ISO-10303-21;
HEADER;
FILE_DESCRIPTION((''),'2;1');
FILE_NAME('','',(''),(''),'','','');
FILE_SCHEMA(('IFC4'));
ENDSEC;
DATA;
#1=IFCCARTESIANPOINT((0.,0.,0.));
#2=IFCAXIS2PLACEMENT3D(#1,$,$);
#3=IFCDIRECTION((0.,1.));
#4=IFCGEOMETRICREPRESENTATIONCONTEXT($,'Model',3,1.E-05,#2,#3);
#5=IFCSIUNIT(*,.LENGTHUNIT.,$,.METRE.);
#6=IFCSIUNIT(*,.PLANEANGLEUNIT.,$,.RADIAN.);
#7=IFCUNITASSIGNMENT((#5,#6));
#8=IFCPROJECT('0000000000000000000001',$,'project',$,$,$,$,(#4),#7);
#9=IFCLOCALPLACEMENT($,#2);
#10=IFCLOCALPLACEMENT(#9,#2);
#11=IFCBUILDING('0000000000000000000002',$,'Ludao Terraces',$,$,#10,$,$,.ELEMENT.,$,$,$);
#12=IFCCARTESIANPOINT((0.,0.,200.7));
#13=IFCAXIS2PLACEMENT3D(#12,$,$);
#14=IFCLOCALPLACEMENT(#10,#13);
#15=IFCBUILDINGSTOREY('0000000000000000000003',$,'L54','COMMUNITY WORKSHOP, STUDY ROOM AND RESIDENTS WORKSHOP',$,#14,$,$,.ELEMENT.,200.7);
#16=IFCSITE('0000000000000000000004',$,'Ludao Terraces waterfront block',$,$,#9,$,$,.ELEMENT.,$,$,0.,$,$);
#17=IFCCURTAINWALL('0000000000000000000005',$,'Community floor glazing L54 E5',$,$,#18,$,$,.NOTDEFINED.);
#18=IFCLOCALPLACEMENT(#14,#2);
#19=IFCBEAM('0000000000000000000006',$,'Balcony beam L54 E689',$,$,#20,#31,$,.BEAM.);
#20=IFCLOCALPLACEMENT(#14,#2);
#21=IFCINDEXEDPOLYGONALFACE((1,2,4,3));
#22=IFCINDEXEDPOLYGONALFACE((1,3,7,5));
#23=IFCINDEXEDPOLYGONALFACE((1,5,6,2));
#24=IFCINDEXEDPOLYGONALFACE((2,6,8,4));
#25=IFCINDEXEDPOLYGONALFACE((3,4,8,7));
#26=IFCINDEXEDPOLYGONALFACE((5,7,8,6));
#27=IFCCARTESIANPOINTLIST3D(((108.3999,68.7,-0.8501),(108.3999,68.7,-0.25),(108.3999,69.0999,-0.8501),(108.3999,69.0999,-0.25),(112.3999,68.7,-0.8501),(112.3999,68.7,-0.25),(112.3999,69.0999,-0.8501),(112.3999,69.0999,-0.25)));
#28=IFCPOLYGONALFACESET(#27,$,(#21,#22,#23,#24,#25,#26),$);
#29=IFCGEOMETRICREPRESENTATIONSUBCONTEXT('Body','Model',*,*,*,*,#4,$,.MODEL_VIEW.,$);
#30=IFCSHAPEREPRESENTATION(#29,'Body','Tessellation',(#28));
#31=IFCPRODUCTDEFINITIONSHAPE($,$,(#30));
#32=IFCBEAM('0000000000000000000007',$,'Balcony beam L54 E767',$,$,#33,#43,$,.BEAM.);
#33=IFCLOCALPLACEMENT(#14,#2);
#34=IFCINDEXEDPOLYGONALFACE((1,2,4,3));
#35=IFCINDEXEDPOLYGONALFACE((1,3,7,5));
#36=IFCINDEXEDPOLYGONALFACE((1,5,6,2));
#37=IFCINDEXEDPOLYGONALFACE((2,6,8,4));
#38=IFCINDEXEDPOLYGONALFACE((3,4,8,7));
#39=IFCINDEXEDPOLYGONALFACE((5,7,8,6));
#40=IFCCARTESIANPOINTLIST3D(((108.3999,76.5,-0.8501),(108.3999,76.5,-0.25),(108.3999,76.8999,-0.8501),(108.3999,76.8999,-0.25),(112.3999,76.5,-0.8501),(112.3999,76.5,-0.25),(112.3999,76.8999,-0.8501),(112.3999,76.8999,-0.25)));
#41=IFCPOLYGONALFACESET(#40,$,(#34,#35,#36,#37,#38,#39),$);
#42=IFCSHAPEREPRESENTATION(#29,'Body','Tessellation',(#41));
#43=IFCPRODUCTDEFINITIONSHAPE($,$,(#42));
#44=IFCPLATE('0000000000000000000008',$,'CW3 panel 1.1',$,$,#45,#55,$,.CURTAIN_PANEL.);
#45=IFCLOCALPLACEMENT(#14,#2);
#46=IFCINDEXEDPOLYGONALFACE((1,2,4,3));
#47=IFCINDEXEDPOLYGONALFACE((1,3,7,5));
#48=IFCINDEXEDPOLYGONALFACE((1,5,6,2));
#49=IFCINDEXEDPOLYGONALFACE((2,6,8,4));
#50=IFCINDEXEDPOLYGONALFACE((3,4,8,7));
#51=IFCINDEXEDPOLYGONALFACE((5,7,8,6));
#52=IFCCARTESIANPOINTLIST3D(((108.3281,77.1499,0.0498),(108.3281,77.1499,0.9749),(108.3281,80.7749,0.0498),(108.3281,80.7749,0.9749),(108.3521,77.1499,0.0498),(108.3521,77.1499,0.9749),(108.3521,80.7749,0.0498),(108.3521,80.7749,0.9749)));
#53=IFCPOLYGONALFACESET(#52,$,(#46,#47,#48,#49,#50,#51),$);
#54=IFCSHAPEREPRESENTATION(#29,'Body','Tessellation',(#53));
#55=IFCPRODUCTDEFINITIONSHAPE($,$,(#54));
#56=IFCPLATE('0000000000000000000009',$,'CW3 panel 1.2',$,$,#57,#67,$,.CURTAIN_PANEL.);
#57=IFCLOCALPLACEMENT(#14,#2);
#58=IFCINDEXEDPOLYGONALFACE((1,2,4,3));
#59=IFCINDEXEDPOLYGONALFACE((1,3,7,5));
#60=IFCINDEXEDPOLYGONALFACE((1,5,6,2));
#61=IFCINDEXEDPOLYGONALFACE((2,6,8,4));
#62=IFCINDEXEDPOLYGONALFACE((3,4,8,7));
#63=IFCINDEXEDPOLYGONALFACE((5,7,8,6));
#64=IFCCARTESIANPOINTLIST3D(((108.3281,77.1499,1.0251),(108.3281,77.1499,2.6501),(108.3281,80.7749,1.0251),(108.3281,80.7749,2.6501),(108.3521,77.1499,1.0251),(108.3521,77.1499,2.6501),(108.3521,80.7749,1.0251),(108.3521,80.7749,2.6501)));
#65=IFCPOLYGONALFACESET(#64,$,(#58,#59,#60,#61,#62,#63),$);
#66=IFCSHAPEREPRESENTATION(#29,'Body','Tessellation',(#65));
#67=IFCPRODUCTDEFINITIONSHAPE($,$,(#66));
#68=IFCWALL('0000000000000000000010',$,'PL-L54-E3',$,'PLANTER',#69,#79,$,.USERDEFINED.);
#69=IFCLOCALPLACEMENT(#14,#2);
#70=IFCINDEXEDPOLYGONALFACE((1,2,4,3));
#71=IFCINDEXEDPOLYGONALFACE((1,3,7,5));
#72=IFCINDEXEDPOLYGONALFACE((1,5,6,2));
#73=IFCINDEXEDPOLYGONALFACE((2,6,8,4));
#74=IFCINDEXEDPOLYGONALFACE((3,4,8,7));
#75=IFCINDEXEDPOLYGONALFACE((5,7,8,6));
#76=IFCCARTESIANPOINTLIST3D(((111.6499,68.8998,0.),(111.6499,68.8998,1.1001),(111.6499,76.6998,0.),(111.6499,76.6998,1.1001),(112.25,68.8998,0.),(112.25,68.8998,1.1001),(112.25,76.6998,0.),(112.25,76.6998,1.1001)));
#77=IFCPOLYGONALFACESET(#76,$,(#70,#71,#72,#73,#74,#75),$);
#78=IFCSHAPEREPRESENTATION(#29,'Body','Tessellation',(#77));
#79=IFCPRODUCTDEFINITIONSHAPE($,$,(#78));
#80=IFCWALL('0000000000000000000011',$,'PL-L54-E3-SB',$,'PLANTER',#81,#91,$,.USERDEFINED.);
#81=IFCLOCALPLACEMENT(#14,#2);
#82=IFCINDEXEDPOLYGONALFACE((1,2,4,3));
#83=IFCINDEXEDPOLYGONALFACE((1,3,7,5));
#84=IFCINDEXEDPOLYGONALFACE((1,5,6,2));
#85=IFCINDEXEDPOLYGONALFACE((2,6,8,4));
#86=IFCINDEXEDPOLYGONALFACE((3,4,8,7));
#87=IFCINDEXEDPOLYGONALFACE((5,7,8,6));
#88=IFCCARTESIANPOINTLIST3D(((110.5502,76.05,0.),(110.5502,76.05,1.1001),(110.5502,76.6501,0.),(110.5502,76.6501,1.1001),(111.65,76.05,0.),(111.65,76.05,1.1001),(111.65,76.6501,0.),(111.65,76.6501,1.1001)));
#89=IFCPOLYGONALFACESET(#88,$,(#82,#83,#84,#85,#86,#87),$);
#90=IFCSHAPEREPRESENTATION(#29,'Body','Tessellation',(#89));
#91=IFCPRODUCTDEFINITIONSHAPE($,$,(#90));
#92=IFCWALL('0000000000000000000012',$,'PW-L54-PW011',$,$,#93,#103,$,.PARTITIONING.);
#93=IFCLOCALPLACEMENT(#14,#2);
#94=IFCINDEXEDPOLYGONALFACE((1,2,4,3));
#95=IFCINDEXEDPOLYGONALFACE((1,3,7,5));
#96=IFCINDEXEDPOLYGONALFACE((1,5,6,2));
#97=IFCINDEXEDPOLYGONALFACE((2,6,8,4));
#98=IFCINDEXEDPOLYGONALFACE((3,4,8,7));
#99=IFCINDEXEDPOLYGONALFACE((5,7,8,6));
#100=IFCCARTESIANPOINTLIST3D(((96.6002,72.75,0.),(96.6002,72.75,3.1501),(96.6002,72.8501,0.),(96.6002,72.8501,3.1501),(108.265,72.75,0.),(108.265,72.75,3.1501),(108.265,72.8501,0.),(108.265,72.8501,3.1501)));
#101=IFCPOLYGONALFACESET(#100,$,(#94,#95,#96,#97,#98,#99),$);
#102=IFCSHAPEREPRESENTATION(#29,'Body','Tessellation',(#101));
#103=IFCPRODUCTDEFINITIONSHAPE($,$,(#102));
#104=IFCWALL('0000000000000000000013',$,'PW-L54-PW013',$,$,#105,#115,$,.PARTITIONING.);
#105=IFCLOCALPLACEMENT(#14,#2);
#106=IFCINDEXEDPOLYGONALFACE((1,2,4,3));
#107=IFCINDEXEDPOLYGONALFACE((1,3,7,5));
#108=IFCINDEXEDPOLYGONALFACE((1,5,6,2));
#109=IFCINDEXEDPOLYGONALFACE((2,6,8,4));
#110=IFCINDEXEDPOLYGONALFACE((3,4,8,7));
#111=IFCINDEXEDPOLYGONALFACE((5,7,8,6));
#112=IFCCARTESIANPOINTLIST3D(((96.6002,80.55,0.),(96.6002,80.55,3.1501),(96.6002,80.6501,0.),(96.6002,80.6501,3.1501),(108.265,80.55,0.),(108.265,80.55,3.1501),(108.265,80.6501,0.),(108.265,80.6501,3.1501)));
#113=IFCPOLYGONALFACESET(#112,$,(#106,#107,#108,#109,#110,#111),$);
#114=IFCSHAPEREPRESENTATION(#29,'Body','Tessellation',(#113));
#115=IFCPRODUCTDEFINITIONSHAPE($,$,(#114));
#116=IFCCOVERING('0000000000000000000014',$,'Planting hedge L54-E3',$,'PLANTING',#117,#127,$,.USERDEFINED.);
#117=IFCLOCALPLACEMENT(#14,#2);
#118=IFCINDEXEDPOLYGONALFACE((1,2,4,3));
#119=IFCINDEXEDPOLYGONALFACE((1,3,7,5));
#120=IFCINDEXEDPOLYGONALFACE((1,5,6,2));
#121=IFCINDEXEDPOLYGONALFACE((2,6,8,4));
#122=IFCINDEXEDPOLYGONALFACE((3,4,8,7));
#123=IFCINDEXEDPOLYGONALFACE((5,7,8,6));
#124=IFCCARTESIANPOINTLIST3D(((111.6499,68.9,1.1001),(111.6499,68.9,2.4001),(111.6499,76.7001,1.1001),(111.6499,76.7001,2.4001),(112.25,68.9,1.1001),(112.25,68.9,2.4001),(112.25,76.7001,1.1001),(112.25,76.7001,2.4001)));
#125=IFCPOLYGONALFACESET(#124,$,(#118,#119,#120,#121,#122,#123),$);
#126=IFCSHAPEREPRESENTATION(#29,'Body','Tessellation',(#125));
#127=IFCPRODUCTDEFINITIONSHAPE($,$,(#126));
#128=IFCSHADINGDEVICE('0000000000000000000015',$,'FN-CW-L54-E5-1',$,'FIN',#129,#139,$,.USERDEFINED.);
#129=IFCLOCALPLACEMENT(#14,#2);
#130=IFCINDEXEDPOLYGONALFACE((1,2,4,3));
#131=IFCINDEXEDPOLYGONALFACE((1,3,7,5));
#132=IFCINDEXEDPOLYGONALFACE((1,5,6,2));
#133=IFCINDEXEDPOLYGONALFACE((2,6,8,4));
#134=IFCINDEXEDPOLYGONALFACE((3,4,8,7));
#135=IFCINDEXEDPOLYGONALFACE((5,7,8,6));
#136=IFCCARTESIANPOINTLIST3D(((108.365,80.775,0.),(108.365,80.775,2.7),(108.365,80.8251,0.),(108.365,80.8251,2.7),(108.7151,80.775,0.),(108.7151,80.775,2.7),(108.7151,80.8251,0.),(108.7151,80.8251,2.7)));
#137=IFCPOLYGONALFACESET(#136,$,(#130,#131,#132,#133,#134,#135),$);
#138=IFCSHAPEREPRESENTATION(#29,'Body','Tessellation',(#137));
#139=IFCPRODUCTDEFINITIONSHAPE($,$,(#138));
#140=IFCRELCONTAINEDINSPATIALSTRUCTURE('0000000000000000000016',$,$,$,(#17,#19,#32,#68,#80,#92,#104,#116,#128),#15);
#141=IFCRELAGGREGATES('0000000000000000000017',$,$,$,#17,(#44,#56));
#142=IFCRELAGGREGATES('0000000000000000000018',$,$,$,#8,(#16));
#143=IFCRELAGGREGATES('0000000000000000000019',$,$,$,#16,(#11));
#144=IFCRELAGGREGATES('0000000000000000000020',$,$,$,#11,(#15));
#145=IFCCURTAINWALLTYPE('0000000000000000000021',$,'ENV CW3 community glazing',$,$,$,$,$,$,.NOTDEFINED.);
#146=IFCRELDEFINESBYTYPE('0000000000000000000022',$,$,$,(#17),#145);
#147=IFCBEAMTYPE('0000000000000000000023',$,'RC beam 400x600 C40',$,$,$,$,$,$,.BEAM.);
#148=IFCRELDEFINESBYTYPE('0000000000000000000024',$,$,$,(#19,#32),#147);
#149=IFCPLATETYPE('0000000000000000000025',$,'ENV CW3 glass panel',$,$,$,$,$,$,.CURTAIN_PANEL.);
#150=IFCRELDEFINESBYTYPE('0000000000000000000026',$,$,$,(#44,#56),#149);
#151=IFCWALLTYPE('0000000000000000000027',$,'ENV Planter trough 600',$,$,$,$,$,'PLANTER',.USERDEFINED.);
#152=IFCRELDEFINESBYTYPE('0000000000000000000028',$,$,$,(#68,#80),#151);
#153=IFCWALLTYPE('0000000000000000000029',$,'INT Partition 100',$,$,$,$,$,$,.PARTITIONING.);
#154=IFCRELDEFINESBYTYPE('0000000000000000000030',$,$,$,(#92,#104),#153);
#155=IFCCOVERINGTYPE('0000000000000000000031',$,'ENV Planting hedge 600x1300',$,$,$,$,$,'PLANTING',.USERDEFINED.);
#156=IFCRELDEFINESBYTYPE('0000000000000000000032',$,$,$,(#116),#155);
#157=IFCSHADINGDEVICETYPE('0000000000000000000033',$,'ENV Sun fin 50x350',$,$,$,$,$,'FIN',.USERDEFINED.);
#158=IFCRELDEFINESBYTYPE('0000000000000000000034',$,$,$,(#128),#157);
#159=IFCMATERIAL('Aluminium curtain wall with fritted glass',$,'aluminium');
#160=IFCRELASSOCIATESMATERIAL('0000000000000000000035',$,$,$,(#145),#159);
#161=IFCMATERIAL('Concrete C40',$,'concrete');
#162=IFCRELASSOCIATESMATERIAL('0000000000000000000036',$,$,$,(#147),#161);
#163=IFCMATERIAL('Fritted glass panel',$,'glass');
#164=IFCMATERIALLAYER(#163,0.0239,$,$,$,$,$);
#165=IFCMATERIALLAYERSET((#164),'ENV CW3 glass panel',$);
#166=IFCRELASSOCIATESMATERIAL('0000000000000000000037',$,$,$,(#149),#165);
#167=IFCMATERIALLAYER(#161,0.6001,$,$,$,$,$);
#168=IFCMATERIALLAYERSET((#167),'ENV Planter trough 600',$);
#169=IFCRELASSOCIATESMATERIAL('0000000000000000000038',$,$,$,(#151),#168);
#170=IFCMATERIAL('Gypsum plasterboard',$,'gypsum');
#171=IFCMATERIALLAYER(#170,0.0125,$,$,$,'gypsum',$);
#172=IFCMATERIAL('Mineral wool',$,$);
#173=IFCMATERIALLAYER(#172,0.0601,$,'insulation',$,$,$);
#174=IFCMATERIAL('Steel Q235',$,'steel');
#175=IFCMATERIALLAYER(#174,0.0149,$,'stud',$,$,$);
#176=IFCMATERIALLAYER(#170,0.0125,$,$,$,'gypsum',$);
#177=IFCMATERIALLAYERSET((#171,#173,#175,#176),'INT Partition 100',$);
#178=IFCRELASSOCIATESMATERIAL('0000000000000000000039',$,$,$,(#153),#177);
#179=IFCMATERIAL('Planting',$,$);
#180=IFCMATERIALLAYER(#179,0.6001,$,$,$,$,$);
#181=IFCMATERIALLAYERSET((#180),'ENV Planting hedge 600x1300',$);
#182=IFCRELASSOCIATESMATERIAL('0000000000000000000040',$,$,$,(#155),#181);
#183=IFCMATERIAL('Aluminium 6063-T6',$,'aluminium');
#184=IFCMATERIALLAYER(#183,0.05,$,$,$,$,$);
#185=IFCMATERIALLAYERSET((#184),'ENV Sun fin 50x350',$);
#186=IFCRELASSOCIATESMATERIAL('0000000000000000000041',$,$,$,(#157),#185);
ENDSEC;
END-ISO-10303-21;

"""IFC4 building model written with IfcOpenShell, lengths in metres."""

from ifc_helpers import new_model, si_unit, direction, frame, frame_2d, origin, origin_2d, place, context, subcontext, project, spatial, rectangle, extrude, material, layer, layer_set, material_profile, profile_set, type_object, element, aggregate, save


model = new_model("IFC4")

# Units and contexts
model_context = context("Model", 3, precision=1e-05, world=origin(), true_north=direction((0.0, 1.0)))
body_context = subcontext(model_context, "Body", "Model", "MODEL_VIEW")
ifc_project = project(units=[si_unit("LENGTHUNIT", "METRE"), si_unit("PLANEANGLEUNIT", "RADIAN")], contexts=[model_context])

# Site, building, storey
site_placement = place(None, origin())
site = spatial("IfcSite", under=ifc_project, at=site_placement, Name="Ludao Terraces waterfront block", CompositionType="ELEMENT", RefElevation=0.0)
building_placement = place(site_placement, origin())
building = spatial("IfcBuilding", under=site, at=building_placement, Name="Ludao Terraces", CompositionType="ELEMENT")
storey_placement = place(building_placement, frame((0.0, 0.0, 200.7)))
storey = spatial("IfcBuildingStorey", under=building, at=storey_placement, Name="L54", Description="COMMUNITY WORKSHOP, STUDY ROOM AND RESIDENTS WORKSHOP", CompositionType="ELEMENT", Elevation=200.7)

# Curtain wall
ifc_material_1 = material(Name="Aluminium curtain wall with fritted glass", Category="aluminium")
curtain_wall_type = type_object("IfcCurtainWallType", Name="ENV CW3 community glazing", PredefinedType="NOTDEFINED", material=ifc_material_1)
curtain_wall_placement = place(storey_placement, origin())
curtain_wall = element("IfcCurtainWall", 1, at=curtain_wall_placement, inside=storey, type_object=curtain_wall_type, Name="Community floor glazing L54 E5", PredefinedType="NOTDEFINED")
ifc_material_2 = material(Name="Aluminium 6063-T6", Category="aluminium")

# Beams
ifc_material_3 = material(Name="Concrete C40", Category="concrete")
ifc_material_profile_1 = material_profile(ifc_material_3, rectangle(XDim=0.3999, YDim=0.6001, at=origin_2d()), Name="400 X 600")
ifc_profile_set_1 = profile_set([ifc_material_profile_1], Name="Concrete C40")
beam_type_1 = type_object("IfcBeamType", Name="RC beam 400x600 C40", PredefinedType="BEAM", material=ifc_profile_set_1)
for number, where, z_axis, x_axis, name in (
    (2, (108.3999, 68.8999, -0.55), (1.0, 0.0, 0.0), (0.0, 1.0, 0.0), "Balcony beam L54 E689"),
    (3, (108.3999, 76.7, -0.55), (1.0, 0.0, 0.0), (0.0, 1.0, 0.0), "Balcony beam L54 E767"),
):
    element("IfcBeam", number, at=place(storey_placement, frame(where, z_axis=z_axis, x_axis=x_axis)), inside=storey, type_object=beam_type_1, Name=name, PredefinedType="BEAM", context=body_context, shape_type="SweptSolid", body=[
        extrude(rectangle(XDim=0.3999, YDim=0.6001, at=origin_2d()), origin(), (0.0, 0.0, 1.0), 4.0),
    ])

# Plates
ifc_material_4 = material(Name="Fritted glass panel", Category="glass")
ifc_layer_1 = layer(ifc_material_4, 0.0239)
ifc_layer_set_1 = layer_set([ifc_layer_1], Name="ENV CW3 glass panel")
plate_type = type_object("IfcPlateType", Name="ENV CW3 glass panel", PredefinedType="CURTAIN_PANEL", material=ifc_layer_set_1)
plate_1_placement = place(storey_placement, frame((108.3401, 78.9624, 0.0498), z_axis=(0.0, 0.0, 1.0), x_axis=(0.0, 1.0, 0.0)))
plate_1 = element("IfcPlate", 4, at=plate_1_placement, type_object=plate_type, Name="CW3 panel 1.1", PredefinedType="CURTAIN_PANEL", context=body_context, shape_type="SweptSolid", body=[
    extrude(rectangle(XDim=3.625, YDim=0.0239, at=origin_2d()), origin(), (0.0, 0.0, 1.0), 0.925),
])
plate_2_placement = place(storey_placement, frame((108.3401, 78.9624, 1.0251), z_axis=(0.0, 0.0, 1.0), x_axis=(0.0, 1.0, 0.0)))
plate_2 = element("IfcPlate", 5, at=plate_2_placement, type_object=plate_type, Name="CW3 panel 1.2", PredefinedType="CURTAIN_PANEL", context=body_context, shape_type="SweptSolid", body=[
    extrude(rectangle(XDim=3.625, YDim=0.0239, at=origin_2d()), origin(), (0.0, 0.0, 1.0), 1.625),
])
aggregate(curtain_wall, [plate_1, plate_2])

# Walls
ifc_layer_2 = layer(ifc_material_3, 0.6001)
ifc_layer_set_2 = layer_set([ifc_layer_2], Name="ENV Planter trough 600")
wall_type_1 = type_object("IfcWallType", Name="ENV Planter trough 600", ElementType="PLANTER", PredefinedType="USERDEFINED", material=ifc_layer_set_2)
wall_1_placement = place(storey_placement, frame((111.95, 68.8999, 0.0), z_axis=(0.0, 0.0, 1.0), x_axis=(0.0, 1.0, 0.0)))
element("IfcWall", 6, at=wall_1_placement, inside=storey, type_object=wall_type_1, Name="PL-L54-E3", ObjectType="PLANTER", PredefinedType="USERDEFINED", context=body_context, shape_type="SweptSolid", body=[
    extrude(rectangle(XDim=7.8, YDim=0.6001, at=frame_2d((3.8999, 0.0))), origin(), (0.0, 0.0, 1.0), 1.1001),
])
wall_2_placement = place(storey_placement, frame((111.6499, 76.3501, 0.0), z_axis=(0.0, 0.0, 1.0), x_axis=(-1.0, 0.0, 0.0)))
element("IfcWall", 7, at=wall_2_placement, inside=storey, type_object=wall_type_1, Name="PL-L54-E3-SB", ObjectType="PLANTER", PredefinedType="USERDEFINED", context=body_context, shape_type="SweptSolid", body=[
    extrude(rectangle(XDim=1.0999, YDim=0.6001, at=frame_2d((0.5498, 0.0))), origin(), (0.0, 0.0, 1.0), 1.1001),
])

# Shared definitions
ifc_material_5 = material(Name="Mineral wool")

# Walls
ifc_material_6 = material(Name="Gypsum plasterboard", Category="gypsum")
ifc_layer_3 = layer(ifc_material_6, 0.0125, Category="gypsum")
ifc_layer_4 = layer(ifc_material_5, 0.0601, Name="insulation")
ifc_material_7 = material(Name="Steel Q235", Category="steel")
ifc_layer_5 = layer(ifc_material_7, 0.0149, Name="stud")
ifc_layer_6 = layer(ifc_material_6, 0.0125, Category="gypsum")
ifc_layer_set_3 = layer_set([ifc_layer_3, ifc_layer_4, ifc_layer_5, ifc_layer_6], Name="INT Partition 100")
wall_type_2 = type_object("IfcWallType", Name="INT Partition 100", PredefinedType="PARTITIONING", material=ifc_layer_set_3)
for number, where, z_axis, x_axis, name in (
    (8, (96.6001, 72.8, 0.0), (0.0, 0.0, 1.0), (1.0, 0.0, 0.0), "PW-L54-PW011"),
    (9, (96.6001, 80.6001, 0.0), (0.0, 0.0, 1.0), (1.0, 0.0, 0.0), "PW-L54-PW013"),
):
    element("IfcWall", number, at=place(storey_placement, frame(where, z_axis=z_axis, x_axis=x_axis)), inside=storey, type_object=wall_type_2, Name=name, PredefinedType="PARTITIONING", context=body_context, shape_type="SweptSolid", body=[
        extrude(rectangle(XDim=11.6648, YDim=0.1001, at=frame_2d((5.8325, 0.0))), origin(), (0.0, 0.0, 1.0), 3.1501),
    ])

# Covering
ifc_material_8 = material(Name="Planting")
ifc_layer_7 = layer(ifc_material_8, 0.6001)
ifc_layer_set_4 = layer_set([ifc_layer_7], Name="ENV Planting hedge 600x1300")
covering_type = type_object("IfcCoveringType", Name="ENV Planting hedge 600x1300", ElementType="PLANTING", PredefinedType="USERDEFINED", material=ifc_layer_set_4)
covering_placement = place(storey_placement, frame((111.95, 72.8, 1.1001), z_axis=(0.0, 0.0, 1.0), x_axis=(1.0, 0.0, 0.0)))
element("IfcCovering", 10, at=covering_placement, inside=storey, type_object=covering_type, Name="Planting hedge L54-E3", ObjectType="PLANTING", PredefinedType="USERDEFINED", context=body_context, shape_type="SweptSolid", body=[
    extrude(rectangle(XDim=0.6001, YDim=7.8, at=origin_2d()), origin(), (0.0, 0.0, 1.0), 1.3),
])

# Shading device
ifc_layer_8 = layer(ifc_material_2, 0.05)
ifc_layer_set_5 = layer_set([ifc_layer_8], Name="ENV Sun fin 50x350")
shading_device_type = type_object("IfcShadingDeviceType", Name="ENV Sun fin 50x350", ElementType="FIN", PredefinedType="USERDEFINED", material=ifc_layer_set_5)
shading_device_placement = place(storey_placement, frame((108.54, 80.8, 0.0), z_axis=(0.0, 0.0, 1.0), x_axis=(1.0, 0.0, 0.0)))
element("IfcShadingDevice", 11, at=shading_device_placement, inside=storey, type_object=shading_device_type, Name="FN-CW-L54-E5-1", ObjectType="FIN", PredefinedType="USERDEFINED", context=body_context, shape_type="SweptSolid", body=[
    extrude(rectangle(XDim=0.3501, YDim=0.05, at=origin_2d()), origin(), (0.0, 0.0, 1.0), 2.7),
])

save(model, "model.ifc")
